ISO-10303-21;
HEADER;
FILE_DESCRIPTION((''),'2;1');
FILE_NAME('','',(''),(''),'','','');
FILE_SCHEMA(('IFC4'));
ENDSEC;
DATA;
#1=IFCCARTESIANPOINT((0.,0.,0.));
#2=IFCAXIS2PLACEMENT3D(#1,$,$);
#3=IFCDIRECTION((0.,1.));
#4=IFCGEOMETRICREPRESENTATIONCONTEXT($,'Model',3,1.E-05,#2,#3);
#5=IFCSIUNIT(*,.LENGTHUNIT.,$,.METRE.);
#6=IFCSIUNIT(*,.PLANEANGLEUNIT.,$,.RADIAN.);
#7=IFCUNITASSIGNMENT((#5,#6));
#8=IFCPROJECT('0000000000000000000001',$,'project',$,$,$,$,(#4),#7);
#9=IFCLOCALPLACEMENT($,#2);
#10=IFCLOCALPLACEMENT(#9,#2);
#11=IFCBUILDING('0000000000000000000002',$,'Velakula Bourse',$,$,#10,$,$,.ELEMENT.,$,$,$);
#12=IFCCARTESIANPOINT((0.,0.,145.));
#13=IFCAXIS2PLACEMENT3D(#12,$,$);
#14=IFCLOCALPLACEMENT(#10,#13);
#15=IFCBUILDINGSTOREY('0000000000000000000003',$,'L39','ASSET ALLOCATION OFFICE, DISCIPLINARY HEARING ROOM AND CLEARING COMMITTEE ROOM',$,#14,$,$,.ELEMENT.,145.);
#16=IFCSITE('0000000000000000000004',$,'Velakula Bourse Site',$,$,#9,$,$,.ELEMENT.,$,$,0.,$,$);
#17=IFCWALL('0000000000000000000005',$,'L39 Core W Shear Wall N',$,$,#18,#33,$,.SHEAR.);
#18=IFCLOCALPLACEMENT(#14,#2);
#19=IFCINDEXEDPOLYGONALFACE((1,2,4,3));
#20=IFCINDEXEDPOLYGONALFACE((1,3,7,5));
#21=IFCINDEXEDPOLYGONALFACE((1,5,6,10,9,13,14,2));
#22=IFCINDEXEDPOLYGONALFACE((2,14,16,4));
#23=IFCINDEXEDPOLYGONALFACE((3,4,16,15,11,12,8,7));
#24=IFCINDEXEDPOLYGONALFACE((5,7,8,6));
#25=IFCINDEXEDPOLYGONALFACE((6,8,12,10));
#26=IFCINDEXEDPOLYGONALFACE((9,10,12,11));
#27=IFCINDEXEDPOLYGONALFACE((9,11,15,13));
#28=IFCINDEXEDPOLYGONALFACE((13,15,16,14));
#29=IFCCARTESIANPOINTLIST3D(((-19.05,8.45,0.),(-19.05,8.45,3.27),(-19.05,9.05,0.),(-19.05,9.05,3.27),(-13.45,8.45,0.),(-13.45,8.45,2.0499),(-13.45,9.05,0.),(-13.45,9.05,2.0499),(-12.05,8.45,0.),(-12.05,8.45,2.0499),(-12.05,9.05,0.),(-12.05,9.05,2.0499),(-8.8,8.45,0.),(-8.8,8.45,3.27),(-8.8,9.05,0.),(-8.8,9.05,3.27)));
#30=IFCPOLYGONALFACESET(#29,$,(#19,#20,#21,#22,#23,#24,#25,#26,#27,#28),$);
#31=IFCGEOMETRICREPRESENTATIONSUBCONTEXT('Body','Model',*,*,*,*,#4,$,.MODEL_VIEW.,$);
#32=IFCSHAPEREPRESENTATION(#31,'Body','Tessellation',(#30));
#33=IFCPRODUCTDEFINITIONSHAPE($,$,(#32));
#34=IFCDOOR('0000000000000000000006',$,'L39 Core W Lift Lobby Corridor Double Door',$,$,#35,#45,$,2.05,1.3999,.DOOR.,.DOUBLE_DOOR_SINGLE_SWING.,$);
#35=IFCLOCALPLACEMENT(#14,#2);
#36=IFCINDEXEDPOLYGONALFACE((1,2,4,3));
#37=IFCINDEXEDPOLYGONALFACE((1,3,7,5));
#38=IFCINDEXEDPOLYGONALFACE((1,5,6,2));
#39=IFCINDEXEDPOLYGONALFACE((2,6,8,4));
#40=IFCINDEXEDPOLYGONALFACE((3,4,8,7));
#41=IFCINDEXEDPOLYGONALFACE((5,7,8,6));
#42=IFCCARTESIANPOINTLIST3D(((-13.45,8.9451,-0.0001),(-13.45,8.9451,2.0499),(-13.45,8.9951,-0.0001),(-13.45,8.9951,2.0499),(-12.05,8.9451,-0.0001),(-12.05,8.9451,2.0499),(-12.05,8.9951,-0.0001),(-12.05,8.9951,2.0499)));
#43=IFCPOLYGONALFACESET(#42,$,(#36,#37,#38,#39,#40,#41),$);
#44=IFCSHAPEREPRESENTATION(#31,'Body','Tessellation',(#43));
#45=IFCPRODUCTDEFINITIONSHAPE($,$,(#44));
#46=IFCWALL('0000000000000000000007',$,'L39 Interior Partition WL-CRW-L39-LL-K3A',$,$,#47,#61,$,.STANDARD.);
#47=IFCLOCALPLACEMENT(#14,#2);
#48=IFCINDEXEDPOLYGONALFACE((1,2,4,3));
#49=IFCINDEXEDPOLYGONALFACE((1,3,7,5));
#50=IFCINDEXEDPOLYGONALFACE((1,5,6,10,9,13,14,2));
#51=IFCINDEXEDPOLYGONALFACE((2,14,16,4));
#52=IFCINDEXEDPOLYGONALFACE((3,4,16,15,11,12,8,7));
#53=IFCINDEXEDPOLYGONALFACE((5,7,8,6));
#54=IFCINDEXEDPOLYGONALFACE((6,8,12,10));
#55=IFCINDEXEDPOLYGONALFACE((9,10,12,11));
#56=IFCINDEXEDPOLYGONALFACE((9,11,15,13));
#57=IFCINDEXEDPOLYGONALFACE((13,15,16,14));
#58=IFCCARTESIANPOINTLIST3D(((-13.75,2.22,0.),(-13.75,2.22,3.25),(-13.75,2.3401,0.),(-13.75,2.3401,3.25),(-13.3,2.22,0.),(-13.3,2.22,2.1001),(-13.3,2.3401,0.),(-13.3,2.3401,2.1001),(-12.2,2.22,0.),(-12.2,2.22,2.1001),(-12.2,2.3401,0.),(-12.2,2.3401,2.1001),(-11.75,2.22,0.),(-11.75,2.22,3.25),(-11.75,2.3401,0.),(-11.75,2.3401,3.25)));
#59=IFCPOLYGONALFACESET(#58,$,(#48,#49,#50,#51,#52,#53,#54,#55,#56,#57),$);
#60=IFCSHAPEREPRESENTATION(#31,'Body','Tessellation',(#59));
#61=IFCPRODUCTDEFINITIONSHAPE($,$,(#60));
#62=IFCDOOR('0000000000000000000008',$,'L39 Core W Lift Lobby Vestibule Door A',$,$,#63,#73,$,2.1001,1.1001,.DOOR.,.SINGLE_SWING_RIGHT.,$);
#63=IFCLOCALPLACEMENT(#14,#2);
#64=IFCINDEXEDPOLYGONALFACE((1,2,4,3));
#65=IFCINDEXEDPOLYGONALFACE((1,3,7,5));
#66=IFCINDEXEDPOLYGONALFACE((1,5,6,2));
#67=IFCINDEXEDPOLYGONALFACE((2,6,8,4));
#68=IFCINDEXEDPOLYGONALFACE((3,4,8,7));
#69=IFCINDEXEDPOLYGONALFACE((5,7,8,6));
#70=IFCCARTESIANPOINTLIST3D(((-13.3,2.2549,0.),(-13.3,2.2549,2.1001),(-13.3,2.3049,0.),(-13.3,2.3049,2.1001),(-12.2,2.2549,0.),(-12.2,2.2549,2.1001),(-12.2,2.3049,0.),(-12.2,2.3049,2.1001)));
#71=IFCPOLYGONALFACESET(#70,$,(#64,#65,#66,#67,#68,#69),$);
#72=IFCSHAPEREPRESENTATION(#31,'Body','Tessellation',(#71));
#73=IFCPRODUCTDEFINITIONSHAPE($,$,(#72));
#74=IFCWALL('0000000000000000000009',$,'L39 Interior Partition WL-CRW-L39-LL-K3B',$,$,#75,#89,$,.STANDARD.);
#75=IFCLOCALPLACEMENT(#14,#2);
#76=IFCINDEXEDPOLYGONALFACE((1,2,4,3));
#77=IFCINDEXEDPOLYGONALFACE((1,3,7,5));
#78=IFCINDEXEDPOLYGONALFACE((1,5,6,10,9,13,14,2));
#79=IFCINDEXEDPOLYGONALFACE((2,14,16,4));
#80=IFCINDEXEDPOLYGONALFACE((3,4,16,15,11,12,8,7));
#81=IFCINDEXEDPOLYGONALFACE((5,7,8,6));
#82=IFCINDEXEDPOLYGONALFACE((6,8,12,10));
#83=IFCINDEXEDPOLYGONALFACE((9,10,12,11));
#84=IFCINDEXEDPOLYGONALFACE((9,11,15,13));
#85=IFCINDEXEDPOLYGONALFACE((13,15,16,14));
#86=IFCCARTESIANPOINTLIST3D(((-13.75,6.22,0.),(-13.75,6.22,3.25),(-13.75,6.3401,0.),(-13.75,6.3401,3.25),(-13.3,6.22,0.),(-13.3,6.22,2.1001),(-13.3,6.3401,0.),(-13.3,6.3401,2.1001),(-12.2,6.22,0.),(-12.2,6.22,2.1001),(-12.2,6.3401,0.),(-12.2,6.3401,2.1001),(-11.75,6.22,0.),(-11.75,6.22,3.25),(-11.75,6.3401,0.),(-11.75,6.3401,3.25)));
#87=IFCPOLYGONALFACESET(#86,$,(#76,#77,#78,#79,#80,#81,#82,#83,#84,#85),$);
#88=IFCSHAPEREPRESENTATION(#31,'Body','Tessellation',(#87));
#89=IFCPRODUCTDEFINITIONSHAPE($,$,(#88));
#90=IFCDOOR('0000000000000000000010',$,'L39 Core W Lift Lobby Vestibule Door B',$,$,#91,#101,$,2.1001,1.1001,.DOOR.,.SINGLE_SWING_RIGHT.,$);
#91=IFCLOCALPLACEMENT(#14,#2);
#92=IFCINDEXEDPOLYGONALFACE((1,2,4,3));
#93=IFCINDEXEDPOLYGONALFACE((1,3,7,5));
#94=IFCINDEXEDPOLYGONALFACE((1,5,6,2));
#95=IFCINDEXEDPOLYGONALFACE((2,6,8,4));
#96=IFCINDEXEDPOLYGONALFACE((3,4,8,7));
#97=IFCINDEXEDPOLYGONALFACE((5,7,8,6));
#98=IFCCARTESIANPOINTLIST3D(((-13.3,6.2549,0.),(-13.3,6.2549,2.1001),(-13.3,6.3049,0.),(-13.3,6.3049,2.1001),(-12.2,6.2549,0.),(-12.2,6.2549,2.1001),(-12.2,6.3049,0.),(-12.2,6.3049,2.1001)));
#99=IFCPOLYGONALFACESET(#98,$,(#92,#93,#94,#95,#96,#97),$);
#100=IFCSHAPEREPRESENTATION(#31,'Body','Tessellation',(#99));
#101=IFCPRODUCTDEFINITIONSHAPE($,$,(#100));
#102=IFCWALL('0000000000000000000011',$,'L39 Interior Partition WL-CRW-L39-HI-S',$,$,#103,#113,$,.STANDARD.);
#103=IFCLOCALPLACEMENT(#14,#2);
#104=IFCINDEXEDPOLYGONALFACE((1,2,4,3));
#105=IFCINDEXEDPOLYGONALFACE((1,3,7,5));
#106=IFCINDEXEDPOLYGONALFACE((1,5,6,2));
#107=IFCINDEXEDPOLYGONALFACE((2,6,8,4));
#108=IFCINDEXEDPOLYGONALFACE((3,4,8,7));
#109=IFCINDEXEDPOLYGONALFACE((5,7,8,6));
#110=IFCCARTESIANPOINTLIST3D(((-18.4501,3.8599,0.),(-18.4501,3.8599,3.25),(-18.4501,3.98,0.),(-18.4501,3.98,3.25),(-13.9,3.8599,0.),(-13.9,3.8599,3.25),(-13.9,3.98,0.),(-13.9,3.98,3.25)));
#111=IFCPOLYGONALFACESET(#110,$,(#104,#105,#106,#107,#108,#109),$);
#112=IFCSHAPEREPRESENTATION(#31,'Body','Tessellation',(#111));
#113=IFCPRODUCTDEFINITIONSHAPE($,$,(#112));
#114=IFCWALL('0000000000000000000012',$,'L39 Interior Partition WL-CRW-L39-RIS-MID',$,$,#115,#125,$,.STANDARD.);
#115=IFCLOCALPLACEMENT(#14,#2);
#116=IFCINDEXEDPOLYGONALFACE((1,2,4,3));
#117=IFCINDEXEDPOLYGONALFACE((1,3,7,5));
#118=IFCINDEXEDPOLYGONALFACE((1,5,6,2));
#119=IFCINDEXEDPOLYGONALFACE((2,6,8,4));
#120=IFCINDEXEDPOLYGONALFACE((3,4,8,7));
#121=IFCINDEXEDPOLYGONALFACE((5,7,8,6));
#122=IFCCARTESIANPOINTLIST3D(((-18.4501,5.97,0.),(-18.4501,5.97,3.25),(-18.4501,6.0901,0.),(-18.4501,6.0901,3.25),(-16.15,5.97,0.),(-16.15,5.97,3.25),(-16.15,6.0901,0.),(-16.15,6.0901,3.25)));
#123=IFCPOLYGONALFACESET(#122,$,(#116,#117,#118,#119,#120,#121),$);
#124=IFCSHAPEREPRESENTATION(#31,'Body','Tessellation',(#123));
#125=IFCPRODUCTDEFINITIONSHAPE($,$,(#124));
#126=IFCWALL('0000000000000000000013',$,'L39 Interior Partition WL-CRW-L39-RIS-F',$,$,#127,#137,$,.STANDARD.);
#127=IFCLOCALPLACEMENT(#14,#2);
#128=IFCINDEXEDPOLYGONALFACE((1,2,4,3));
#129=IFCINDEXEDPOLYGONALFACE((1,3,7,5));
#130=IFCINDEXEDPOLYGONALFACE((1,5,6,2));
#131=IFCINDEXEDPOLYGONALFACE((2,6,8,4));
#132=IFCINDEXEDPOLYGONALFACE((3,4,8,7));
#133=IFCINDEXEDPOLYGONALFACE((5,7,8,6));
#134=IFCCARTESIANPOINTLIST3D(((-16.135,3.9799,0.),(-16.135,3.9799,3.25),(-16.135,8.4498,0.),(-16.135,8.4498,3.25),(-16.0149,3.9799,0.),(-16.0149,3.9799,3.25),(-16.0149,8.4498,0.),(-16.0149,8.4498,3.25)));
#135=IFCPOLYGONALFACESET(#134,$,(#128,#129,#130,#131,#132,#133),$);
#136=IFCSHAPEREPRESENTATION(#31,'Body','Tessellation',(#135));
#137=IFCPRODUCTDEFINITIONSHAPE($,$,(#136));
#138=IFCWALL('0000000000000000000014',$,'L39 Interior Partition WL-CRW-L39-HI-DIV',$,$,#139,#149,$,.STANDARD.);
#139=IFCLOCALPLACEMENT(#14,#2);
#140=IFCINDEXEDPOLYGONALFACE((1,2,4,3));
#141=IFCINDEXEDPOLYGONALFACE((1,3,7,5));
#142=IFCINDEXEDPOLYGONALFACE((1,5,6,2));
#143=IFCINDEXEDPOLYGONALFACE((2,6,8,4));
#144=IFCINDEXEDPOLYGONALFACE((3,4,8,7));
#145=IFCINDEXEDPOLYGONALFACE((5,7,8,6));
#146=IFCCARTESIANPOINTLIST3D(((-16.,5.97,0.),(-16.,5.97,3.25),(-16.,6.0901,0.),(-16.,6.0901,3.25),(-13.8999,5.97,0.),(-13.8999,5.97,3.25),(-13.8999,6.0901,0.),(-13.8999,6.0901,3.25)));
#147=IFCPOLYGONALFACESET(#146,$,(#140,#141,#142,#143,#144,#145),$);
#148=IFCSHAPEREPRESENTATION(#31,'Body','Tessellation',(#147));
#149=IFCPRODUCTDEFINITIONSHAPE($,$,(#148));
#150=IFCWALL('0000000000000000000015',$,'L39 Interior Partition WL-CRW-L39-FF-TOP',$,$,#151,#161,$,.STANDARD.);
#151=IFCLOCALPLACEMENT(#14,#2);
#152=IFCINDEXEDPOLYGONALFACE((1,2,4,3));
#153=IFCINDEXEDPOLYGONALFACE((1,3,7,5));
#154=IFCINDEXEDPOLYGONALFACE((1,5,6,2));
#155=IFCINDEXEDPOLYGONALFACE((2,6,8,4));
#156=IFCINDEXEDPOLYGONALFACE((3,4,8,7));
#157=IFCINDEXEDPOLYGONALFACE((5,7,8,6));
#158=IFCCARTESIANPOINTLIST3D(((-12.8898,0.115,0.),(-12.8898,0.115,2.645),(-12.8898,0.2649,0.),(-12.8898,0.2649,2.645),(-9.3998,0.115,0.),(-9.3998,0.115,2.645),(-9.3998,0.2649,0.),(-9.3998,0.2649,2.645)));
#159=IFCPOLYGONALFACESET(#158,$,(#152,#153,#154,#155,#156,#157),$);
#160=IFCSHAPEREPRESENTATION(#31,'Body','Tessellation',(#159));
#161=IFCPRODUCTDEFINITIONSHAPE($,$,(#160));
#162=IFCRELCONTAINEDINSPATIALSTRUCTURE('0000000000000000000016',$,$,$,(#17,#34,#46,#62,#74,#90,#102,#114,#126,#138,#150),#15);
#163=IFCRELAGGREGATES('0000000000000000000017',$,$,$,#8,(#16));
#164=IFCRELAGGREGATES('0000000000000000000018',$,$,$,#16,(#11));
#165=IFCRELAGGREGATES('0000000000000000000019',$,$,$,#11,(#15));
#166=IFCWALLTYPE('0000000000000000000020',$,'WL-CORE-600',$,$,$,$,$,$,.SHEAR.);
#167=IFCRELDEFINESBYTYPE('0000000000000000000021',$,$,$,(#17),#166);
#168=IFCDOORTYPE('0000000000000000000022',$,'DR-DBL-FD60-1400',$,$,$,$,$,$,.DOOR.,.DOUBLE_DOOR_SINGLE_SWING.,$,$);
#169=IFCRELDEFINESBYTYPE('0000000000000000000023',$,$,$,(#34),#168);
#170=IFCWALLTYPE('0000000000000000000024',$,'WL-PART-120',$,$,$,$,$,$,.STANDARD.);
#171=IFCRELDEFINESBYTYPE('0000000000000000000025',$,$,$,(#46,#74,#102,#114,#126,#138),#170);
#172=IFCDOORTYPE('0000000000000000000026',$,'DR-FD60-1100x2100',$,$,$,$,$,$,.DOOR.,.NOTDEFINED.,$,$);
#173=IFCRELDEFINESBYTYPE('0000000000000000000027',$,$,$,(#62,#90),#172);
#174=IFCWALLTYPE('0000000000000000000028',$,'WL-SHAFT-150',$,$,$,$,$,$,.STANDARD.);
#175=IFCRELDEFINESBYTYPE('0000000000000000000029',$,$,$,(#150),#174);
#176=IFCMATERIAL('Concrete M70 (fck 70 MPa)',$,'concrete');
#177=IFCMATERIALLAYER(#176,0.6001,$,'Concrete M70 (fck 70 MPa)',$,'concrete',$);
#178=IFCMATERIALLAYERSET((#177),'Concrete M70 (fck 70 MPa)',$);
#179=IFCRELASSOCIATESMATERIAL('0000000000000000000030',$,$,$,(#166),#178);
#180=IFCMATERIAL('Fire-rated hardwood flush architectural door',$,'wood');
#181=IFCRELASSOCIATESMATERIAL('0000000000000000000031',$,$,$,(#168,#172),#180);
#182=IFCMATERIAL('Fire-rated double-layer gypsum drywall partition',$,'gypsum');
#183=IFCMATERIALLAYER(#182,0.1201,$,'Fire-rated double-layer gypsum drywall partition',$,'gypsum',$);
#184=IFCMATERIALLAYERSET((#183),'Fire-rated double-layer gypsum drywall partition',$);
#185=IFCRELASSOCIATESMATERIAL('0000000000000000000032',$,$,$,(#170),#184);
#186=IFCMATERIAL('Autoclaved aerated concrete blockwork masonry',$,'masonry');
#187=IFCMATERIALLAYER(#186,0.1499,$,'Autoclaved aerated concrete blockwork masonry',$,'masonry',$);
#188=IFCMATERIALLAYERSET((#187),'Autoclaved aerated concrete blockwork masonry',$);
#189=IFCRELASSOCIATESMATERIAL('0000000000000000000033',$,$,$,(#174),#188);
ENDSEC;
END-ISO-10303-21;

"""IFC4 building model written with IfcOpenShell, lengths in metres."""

from ifc_helpers import new_model, si_unit, direction, frame, frame_2d, origin, place, context, subcontext, project, spatial, rectangle, extrude, material, layer, layer_set, type_object, element, fill, save


model = new_model("IFC4")

# Units and contexts
model_context = context("Model", 3, precision=1e-05, world=origin(), true_north=direction((0.0, 1.0)))
body_context = subcontext(model_context, "Body", "Model", "MODEL_VIEW")
ifc_project = project(units=[si_unit("LENGTHUNIT", "METRE"), si_unit("PLANEANGLEUNIT", "RADIAN")], contexts=[model_context])

# Site, building, storey
site_placement = place(None, origin())
site = spatial("IfcSite", under=ifc_project, at=site_placement, Name="Velakula Bourse Site", CompositionType="ELEMENT", RefElevation=0.0)
building_placement = place(site_placement, origin())
building = spatial("IfcBuilding", under=site, at=building_placement, Name="Velakula Bourse", CompositionType="ELEMENT")
storey_placement = place(building_placement, frame((0.0, 0.0, 145.0)))
storey = spatial("IfcBuildingStorey", under=building, at=storey_placement, Name="L39", Description="ASSET ALLOCATION OFFICE, DISCIPLINARY HEARING ROOM AND CLEARING COMMITTEE ROOM", CompositionType="ELEMENT", Elevation=145.0)

# Shared definitions
ifc_material_1 = material(Name="Concrete M70 (fck 70 MPa)", Category="concrete")

# Walls, openings, doors
ifc_layer_1 = layer(ifc_material_1, 0.6001, Name="Concrete M70 (fck 70 MPa)", Category="concrete")
ifc_layer_set_1 = layer_set([ifc_layer_1], Name="Concrete M70 (fck 70 MPa)")
wall_type_1 = type_object("IfcWallType", Name="WL-CORE-600", PredefinedType="SHEAR", material=ifc_layer_set_1)
wall_1_placement = place(storey_placement, frame((-19.05, 8.75, 0.0), z_axis=(0.0, 0.0, 1.0), x_axis=(1.0, 0.0, 0.0)))
wall_1 = element("IfcWall", 1, at=wall_1_placement, inside=storey, type_object=wall_type_1, Name="L39 Core W Shear Wall N", PredefinedType="SHEAR", context=body_context, shape_type="SweptSolid", body=[
    extrude(rectangle(XDim=10.25, YDim=0.6001, at=frame_2d((5.125, 0.0))), origin(), (0.0, 0.0, 1.0), 3.27),
])
opening_1_placement = place(wall_1_placement, frame((5.6001, 0.0, 0.0)))
opening_1 = element("IfcOpeningElement", 2, at=opening_1_placement, cuts=wall_1, PredefinedType="OPENING", context=body_context, shape_type="SweptSolid", body=[
    extrude(rectangle(XDim=1.3999, YDim=2.05, at=frame_2d((0.7, 1.0249))), frame((0.0, 0.3101, 0.0), z_axis=(0.0, -1.0, 0.0), x_axis=(1.0, 0.0, 0.0)), (0.0, 0.0, 1.0), 0.6201),
])
ifc_material_2 = material(Name="Fire-rated hardwood flush architectural door", Category="wood")
door_type_1 = type_object("IfcDoorType", Name="DR-DBL-FD60-1400", OperationType="DOUBLE_DOOR_SINGLE_SWING", PredefinedType="DOOR", material=ifc_material_2)
door_1_placement = place(opening_1_placement, origin())
door_1 = element("IfcDoor", 3, at=door_1_placement, inside=storey, type_object=door_type_1, Name="L39 Core W Lift Lobby Corridor Double Door", OperationType="DOUBLE_DOOR_SINGLE_SWING", OverallHeight=2.05, OverallWidth=1.3999, PredefinedType="DOOR", context=body_context, shape_type="SweptSolid", body=[
    extrude(rectangle(XDim=1.3999, YDim=2.05, at=frame_2d((0.7, 1.0249))), frame((0.0, 0.2451, 0.0), z_axis=(0.0, -1.0, 0.0), x_axis=(1.0, 0.0, 0.0)), (0.0, 0.0, 1.0), 0.05),
])
fill(opening_1, door_1)
ifc_material_3 = material(Name="Fire-rated double-layer gypsum drywall partition", Category="gypsum")
ifc_layer_2 = layer(ifc_material_3, 0.1201, Name="Fire-rated double-layer gypsum drywall partition", Category="gypsum")
ifc_layer_set_2 = layer_set([ifc_layer_2], Name="Fire-rated double-layer gypsum drywall partition")
wall_type_2 = type_object("IfcWallType", Name="WL-PART-120", PredefinedType="STANDARD", material=ifc_layer_set_2)
wall_2_placement = place(storey_placement, frame((-13.75, 2.28, 0.0), z_axis=(0.0, 0.0, 1.0), x_axis=(1.0, 0.0, 0.0)))
wall_2 = element("IfcWall", 4, at=wall_2_placement, inside=storey, type_object=wall_type_2, Name="L39 Interior Partition WL-CRW-L39-LL-K3A", PredefinedType="STANDARD", context=body_context, shape_type="SweptSolid", body=[
    extrude(rectangle(XDim=2.0, YDim=0.1201, at=frame_2d((1.0, 0.0))), origin(), (0.0, 0.0, 1.0), 3.25),
])
opening_2_placement = place(wall_2_placement, frame((0.45, 0.0, 0.0)))
opening_2 = element("IfcOpeningElement", 5, at=opening_2_placement, cuts=wall_2, PredefinedType="OPENING", context=body_context, shape_type="SweptSolid", body=[
    extrude(rectangle(XDim=1.1001, YDim=2.1001, at=frame_2d((0.55, 1.05))), frame((0.0, 0.0701, 0.0), z_axis=(0.0, -1.0, 0.0), x_axis=(1.0, 0.0, 0.0)), (0.0, 0.0, 1.0), 0.1401),
])
door_type_2 = type_object("IfcDoorType", Name="DR-FD60-1100x2100", OperationType="NOTDEFINED", PredefinedType="DOOR", material=ifc_material_2)
door_2_placement = place(opening_2_placement, origin())
door_2 = element("IfcDoor", 6, at=door_2_placement, inside=storey, type_object=door_type_2, Name="L39 Core W Lift Lobby Vestibule Door A", OperationType="SINGLE_SWING_RIGHT", OverallHeight=2.1001, OverallWidth=1.1001, PredefinedType="DOOR", context=body_context, shape_type="SweptSolid", body=[
    extrude(rectangle(XDim=1.1001, YDim=2.1001, at=frame_2d((0.55, 1.05))), frame((0.0, 0.0249, 0.0), z_axis=(0.0, -1.0, 0.0), x_axis=(1.0, 0.0, 0.0)), (0.0, 0.0, 1.0), 0.05),
])
fill(opening_2, door_2)
wall_3_placement = place(storey_placement, frame((-13.75, 6.28, 0.0), z_axis=(0.0, 0.0, 1.0), x_axis=(1.0, 0.0, 0.0)))
wall_3 = element("IfcWall", 7, at=wall_3_placement, inside=storey, type_object=wall_type_2, Name="L39 Interior Partition WL-CRW-L39-LL-K3B", PredefinedType="STANDARD", context=body_context, shape_type="SweptSolid", body=[
    extrude(rectangle(XDim=2.0, YDim=0.1201, at=frame_2d((1.0, 0.0))), origin(), (0.0, 0.0, 1.0), 3.25),
])
opening_3_placement = place(wall_3_placement, frame((0.45, 0.0, 0.0)))
opening_3 = element("IfcOpeningElement", 8, at=opening_3_placement, cuts=wall_3, PredefinedType="OPENING", context=body_context, shape_type="SweptSolid", body=[
    extrude(rectangle(XDim=1.1001, YDim=2.1001, at=frame_2d((0.55, 1.05))), frame((0.0, 0.0701, 0.0), z_axis=(0.0, -1.0, 0.0), x_axis=(1.0, 0.0, 0.0)), (0.0, 0.0, 1.0), 0.1401),
])
door_3_placement = place(opening_3_placement, origin())
door_3 = element("IfcDoor", 9, at=door_3_placement, inside=storey, type_object=door_type_2, Name="L39 Core W Lift Lobby Vestibule Door B", OperationType="SINGLE_SWING_RIGHT", OverallHeight=2.1001, OverallWidth=1.1001, PredefinedType="DOOR", context=body_context, shape_type="SweptSolid", body=[
    extrude(rectangle(XDim=1.1001, YDim=2.1001, at=frame_2d((0.55, 1.05))), frame((0.0, 0.0249, 0.0), z_axis=(0.0, -1.0, 0.0), x_axis=(1.0, 0.0, 0.0)), (0.0, 0.0, 1.0), 0.05),
])
fill(opening_3, door_3)

# Walls
wall_4_placement = place(storey_placement, frame((-18.45, 3.9199, 0.0), z_axis=(0.0, 0.0, 1.0), x_axis=(1.0, 0.0, 0.0)))
element("IfcWall", 10, at=wall_4_placement, inside=storey, type_object=wall_type_2, Name="L39 Interior Partition WL-CRW-L39-HI-S", PredefinedType="STANDARD", context=body_context, shape_type="SweptSolid", body=[
    extrude(rectangle(XDim=4.55, YDim=0.1201, at=frame_2d((2.2749, 0.0))), origin(), (0.0, 0.0, 1.0), 3.25),
])
wall_5_placement = place(storey_placement, frame((-18.45, 6.03, 0.0), z_axis=(0.0, 0.0, 1.0), x_axis=(1.0, 0.0, 0.0)))
element("IfcWall", 11, at=wall_5_placement, inside=storey, type_object=wall_type_2, Name="L39 Interior Partition WL-CRW-L39-RIS-MID", PredefinedType="STANDARD", context=body_context, shape_type="SweptSolid", body=[
    extrude(rectangle(XDim=2.3, YDim=0.1201, at=frame_2d((1.1499, 0.0))), origin(), (0.0, 0.0, 1.0), 3.25),
])
wall_6_placement = place(storey_placement, frame((-16.075, 3.98, 0.0), z_axis=(0.0, 0.0, 1.0), x_axis=(0.0, 1.0, 0.0)))
element("IfcWall", 12, at=wall_6_placement, inside=storey, type_object=wall_type_2, Name="L39 Interior Partition WL-CRW-L39-RIS-F", PredefinedType="STANDARD", context=body_context, shape_type="SweptSolid", body=[
    extrude(rectangle(XDim=4.47, YDim=0.1201, at=frame_2d((2.2349, 0.0))), origin(), (0.0, 0.0, 1.0), 3.25),
])
wall_7_placement = place(storey_placement, frame((-16.0, 6.03, 0.0), z_axis=(0.0, 0.0, 1.0), x_axis=(1.0, 0.0, 0.0)))
element("IfcWall", 13, at=wall_7_placement, inside=storey, type_object=wall_type_2, Name="L39 Interior Partition WL-CRW-L39-HI-DIV", PredefinedType="STANDARD", context=body_context, shape_type="SweptSolid", body=[
    extrude(rectangle(XDim=2.1001, YDim=0.1201, at=frame_2d((1.05, 0.0))), origin(), (0.0, 0.0, 1.0), 3.25),
])
ifc_material_4 = material(Name="Autoclaved aerated concrete blockwork masonry", Category="masonry")
ifc_layer_3 = layer(ifc_material_4, 0.1499, Name="Autoclaved aerated concrete blockwork masonry", Category="masonry")
ifc_layer_set_3 = layer_set([ifc_layer_3], Name="Autoclaved aerated concrete blockwork masonry")
wall_type_3 = type_object("IfcWallType", Name="WL-SHAFT-150", PredefinedType="STANDARD", material=ifc_layer_set_3)
wall_8_placement = place(storey_placement, frame((-12.8899, 0.1899, 0.0), z_axis=(0.0, 0.0, 1.0), x_axis=(1.0, 0.0, 0.0)))
element("IfcWall", 14, at=wall_8_placement, inside=storey, type_object=wall_type_3, Name="L39 Interior Partition WL-CRW-L39-FF-TOP", PredefinedType="STANDARD", context=body_context, shape_type="SweptSolid", body=[
    extrude(rectangle(XDim=3.49, YDim=0.1499, at=frame_2d((1.7451, 0.0))), origin(), (0.0, 0.0, 1.0), 2.645),
])

save(model, "model.ifc")
